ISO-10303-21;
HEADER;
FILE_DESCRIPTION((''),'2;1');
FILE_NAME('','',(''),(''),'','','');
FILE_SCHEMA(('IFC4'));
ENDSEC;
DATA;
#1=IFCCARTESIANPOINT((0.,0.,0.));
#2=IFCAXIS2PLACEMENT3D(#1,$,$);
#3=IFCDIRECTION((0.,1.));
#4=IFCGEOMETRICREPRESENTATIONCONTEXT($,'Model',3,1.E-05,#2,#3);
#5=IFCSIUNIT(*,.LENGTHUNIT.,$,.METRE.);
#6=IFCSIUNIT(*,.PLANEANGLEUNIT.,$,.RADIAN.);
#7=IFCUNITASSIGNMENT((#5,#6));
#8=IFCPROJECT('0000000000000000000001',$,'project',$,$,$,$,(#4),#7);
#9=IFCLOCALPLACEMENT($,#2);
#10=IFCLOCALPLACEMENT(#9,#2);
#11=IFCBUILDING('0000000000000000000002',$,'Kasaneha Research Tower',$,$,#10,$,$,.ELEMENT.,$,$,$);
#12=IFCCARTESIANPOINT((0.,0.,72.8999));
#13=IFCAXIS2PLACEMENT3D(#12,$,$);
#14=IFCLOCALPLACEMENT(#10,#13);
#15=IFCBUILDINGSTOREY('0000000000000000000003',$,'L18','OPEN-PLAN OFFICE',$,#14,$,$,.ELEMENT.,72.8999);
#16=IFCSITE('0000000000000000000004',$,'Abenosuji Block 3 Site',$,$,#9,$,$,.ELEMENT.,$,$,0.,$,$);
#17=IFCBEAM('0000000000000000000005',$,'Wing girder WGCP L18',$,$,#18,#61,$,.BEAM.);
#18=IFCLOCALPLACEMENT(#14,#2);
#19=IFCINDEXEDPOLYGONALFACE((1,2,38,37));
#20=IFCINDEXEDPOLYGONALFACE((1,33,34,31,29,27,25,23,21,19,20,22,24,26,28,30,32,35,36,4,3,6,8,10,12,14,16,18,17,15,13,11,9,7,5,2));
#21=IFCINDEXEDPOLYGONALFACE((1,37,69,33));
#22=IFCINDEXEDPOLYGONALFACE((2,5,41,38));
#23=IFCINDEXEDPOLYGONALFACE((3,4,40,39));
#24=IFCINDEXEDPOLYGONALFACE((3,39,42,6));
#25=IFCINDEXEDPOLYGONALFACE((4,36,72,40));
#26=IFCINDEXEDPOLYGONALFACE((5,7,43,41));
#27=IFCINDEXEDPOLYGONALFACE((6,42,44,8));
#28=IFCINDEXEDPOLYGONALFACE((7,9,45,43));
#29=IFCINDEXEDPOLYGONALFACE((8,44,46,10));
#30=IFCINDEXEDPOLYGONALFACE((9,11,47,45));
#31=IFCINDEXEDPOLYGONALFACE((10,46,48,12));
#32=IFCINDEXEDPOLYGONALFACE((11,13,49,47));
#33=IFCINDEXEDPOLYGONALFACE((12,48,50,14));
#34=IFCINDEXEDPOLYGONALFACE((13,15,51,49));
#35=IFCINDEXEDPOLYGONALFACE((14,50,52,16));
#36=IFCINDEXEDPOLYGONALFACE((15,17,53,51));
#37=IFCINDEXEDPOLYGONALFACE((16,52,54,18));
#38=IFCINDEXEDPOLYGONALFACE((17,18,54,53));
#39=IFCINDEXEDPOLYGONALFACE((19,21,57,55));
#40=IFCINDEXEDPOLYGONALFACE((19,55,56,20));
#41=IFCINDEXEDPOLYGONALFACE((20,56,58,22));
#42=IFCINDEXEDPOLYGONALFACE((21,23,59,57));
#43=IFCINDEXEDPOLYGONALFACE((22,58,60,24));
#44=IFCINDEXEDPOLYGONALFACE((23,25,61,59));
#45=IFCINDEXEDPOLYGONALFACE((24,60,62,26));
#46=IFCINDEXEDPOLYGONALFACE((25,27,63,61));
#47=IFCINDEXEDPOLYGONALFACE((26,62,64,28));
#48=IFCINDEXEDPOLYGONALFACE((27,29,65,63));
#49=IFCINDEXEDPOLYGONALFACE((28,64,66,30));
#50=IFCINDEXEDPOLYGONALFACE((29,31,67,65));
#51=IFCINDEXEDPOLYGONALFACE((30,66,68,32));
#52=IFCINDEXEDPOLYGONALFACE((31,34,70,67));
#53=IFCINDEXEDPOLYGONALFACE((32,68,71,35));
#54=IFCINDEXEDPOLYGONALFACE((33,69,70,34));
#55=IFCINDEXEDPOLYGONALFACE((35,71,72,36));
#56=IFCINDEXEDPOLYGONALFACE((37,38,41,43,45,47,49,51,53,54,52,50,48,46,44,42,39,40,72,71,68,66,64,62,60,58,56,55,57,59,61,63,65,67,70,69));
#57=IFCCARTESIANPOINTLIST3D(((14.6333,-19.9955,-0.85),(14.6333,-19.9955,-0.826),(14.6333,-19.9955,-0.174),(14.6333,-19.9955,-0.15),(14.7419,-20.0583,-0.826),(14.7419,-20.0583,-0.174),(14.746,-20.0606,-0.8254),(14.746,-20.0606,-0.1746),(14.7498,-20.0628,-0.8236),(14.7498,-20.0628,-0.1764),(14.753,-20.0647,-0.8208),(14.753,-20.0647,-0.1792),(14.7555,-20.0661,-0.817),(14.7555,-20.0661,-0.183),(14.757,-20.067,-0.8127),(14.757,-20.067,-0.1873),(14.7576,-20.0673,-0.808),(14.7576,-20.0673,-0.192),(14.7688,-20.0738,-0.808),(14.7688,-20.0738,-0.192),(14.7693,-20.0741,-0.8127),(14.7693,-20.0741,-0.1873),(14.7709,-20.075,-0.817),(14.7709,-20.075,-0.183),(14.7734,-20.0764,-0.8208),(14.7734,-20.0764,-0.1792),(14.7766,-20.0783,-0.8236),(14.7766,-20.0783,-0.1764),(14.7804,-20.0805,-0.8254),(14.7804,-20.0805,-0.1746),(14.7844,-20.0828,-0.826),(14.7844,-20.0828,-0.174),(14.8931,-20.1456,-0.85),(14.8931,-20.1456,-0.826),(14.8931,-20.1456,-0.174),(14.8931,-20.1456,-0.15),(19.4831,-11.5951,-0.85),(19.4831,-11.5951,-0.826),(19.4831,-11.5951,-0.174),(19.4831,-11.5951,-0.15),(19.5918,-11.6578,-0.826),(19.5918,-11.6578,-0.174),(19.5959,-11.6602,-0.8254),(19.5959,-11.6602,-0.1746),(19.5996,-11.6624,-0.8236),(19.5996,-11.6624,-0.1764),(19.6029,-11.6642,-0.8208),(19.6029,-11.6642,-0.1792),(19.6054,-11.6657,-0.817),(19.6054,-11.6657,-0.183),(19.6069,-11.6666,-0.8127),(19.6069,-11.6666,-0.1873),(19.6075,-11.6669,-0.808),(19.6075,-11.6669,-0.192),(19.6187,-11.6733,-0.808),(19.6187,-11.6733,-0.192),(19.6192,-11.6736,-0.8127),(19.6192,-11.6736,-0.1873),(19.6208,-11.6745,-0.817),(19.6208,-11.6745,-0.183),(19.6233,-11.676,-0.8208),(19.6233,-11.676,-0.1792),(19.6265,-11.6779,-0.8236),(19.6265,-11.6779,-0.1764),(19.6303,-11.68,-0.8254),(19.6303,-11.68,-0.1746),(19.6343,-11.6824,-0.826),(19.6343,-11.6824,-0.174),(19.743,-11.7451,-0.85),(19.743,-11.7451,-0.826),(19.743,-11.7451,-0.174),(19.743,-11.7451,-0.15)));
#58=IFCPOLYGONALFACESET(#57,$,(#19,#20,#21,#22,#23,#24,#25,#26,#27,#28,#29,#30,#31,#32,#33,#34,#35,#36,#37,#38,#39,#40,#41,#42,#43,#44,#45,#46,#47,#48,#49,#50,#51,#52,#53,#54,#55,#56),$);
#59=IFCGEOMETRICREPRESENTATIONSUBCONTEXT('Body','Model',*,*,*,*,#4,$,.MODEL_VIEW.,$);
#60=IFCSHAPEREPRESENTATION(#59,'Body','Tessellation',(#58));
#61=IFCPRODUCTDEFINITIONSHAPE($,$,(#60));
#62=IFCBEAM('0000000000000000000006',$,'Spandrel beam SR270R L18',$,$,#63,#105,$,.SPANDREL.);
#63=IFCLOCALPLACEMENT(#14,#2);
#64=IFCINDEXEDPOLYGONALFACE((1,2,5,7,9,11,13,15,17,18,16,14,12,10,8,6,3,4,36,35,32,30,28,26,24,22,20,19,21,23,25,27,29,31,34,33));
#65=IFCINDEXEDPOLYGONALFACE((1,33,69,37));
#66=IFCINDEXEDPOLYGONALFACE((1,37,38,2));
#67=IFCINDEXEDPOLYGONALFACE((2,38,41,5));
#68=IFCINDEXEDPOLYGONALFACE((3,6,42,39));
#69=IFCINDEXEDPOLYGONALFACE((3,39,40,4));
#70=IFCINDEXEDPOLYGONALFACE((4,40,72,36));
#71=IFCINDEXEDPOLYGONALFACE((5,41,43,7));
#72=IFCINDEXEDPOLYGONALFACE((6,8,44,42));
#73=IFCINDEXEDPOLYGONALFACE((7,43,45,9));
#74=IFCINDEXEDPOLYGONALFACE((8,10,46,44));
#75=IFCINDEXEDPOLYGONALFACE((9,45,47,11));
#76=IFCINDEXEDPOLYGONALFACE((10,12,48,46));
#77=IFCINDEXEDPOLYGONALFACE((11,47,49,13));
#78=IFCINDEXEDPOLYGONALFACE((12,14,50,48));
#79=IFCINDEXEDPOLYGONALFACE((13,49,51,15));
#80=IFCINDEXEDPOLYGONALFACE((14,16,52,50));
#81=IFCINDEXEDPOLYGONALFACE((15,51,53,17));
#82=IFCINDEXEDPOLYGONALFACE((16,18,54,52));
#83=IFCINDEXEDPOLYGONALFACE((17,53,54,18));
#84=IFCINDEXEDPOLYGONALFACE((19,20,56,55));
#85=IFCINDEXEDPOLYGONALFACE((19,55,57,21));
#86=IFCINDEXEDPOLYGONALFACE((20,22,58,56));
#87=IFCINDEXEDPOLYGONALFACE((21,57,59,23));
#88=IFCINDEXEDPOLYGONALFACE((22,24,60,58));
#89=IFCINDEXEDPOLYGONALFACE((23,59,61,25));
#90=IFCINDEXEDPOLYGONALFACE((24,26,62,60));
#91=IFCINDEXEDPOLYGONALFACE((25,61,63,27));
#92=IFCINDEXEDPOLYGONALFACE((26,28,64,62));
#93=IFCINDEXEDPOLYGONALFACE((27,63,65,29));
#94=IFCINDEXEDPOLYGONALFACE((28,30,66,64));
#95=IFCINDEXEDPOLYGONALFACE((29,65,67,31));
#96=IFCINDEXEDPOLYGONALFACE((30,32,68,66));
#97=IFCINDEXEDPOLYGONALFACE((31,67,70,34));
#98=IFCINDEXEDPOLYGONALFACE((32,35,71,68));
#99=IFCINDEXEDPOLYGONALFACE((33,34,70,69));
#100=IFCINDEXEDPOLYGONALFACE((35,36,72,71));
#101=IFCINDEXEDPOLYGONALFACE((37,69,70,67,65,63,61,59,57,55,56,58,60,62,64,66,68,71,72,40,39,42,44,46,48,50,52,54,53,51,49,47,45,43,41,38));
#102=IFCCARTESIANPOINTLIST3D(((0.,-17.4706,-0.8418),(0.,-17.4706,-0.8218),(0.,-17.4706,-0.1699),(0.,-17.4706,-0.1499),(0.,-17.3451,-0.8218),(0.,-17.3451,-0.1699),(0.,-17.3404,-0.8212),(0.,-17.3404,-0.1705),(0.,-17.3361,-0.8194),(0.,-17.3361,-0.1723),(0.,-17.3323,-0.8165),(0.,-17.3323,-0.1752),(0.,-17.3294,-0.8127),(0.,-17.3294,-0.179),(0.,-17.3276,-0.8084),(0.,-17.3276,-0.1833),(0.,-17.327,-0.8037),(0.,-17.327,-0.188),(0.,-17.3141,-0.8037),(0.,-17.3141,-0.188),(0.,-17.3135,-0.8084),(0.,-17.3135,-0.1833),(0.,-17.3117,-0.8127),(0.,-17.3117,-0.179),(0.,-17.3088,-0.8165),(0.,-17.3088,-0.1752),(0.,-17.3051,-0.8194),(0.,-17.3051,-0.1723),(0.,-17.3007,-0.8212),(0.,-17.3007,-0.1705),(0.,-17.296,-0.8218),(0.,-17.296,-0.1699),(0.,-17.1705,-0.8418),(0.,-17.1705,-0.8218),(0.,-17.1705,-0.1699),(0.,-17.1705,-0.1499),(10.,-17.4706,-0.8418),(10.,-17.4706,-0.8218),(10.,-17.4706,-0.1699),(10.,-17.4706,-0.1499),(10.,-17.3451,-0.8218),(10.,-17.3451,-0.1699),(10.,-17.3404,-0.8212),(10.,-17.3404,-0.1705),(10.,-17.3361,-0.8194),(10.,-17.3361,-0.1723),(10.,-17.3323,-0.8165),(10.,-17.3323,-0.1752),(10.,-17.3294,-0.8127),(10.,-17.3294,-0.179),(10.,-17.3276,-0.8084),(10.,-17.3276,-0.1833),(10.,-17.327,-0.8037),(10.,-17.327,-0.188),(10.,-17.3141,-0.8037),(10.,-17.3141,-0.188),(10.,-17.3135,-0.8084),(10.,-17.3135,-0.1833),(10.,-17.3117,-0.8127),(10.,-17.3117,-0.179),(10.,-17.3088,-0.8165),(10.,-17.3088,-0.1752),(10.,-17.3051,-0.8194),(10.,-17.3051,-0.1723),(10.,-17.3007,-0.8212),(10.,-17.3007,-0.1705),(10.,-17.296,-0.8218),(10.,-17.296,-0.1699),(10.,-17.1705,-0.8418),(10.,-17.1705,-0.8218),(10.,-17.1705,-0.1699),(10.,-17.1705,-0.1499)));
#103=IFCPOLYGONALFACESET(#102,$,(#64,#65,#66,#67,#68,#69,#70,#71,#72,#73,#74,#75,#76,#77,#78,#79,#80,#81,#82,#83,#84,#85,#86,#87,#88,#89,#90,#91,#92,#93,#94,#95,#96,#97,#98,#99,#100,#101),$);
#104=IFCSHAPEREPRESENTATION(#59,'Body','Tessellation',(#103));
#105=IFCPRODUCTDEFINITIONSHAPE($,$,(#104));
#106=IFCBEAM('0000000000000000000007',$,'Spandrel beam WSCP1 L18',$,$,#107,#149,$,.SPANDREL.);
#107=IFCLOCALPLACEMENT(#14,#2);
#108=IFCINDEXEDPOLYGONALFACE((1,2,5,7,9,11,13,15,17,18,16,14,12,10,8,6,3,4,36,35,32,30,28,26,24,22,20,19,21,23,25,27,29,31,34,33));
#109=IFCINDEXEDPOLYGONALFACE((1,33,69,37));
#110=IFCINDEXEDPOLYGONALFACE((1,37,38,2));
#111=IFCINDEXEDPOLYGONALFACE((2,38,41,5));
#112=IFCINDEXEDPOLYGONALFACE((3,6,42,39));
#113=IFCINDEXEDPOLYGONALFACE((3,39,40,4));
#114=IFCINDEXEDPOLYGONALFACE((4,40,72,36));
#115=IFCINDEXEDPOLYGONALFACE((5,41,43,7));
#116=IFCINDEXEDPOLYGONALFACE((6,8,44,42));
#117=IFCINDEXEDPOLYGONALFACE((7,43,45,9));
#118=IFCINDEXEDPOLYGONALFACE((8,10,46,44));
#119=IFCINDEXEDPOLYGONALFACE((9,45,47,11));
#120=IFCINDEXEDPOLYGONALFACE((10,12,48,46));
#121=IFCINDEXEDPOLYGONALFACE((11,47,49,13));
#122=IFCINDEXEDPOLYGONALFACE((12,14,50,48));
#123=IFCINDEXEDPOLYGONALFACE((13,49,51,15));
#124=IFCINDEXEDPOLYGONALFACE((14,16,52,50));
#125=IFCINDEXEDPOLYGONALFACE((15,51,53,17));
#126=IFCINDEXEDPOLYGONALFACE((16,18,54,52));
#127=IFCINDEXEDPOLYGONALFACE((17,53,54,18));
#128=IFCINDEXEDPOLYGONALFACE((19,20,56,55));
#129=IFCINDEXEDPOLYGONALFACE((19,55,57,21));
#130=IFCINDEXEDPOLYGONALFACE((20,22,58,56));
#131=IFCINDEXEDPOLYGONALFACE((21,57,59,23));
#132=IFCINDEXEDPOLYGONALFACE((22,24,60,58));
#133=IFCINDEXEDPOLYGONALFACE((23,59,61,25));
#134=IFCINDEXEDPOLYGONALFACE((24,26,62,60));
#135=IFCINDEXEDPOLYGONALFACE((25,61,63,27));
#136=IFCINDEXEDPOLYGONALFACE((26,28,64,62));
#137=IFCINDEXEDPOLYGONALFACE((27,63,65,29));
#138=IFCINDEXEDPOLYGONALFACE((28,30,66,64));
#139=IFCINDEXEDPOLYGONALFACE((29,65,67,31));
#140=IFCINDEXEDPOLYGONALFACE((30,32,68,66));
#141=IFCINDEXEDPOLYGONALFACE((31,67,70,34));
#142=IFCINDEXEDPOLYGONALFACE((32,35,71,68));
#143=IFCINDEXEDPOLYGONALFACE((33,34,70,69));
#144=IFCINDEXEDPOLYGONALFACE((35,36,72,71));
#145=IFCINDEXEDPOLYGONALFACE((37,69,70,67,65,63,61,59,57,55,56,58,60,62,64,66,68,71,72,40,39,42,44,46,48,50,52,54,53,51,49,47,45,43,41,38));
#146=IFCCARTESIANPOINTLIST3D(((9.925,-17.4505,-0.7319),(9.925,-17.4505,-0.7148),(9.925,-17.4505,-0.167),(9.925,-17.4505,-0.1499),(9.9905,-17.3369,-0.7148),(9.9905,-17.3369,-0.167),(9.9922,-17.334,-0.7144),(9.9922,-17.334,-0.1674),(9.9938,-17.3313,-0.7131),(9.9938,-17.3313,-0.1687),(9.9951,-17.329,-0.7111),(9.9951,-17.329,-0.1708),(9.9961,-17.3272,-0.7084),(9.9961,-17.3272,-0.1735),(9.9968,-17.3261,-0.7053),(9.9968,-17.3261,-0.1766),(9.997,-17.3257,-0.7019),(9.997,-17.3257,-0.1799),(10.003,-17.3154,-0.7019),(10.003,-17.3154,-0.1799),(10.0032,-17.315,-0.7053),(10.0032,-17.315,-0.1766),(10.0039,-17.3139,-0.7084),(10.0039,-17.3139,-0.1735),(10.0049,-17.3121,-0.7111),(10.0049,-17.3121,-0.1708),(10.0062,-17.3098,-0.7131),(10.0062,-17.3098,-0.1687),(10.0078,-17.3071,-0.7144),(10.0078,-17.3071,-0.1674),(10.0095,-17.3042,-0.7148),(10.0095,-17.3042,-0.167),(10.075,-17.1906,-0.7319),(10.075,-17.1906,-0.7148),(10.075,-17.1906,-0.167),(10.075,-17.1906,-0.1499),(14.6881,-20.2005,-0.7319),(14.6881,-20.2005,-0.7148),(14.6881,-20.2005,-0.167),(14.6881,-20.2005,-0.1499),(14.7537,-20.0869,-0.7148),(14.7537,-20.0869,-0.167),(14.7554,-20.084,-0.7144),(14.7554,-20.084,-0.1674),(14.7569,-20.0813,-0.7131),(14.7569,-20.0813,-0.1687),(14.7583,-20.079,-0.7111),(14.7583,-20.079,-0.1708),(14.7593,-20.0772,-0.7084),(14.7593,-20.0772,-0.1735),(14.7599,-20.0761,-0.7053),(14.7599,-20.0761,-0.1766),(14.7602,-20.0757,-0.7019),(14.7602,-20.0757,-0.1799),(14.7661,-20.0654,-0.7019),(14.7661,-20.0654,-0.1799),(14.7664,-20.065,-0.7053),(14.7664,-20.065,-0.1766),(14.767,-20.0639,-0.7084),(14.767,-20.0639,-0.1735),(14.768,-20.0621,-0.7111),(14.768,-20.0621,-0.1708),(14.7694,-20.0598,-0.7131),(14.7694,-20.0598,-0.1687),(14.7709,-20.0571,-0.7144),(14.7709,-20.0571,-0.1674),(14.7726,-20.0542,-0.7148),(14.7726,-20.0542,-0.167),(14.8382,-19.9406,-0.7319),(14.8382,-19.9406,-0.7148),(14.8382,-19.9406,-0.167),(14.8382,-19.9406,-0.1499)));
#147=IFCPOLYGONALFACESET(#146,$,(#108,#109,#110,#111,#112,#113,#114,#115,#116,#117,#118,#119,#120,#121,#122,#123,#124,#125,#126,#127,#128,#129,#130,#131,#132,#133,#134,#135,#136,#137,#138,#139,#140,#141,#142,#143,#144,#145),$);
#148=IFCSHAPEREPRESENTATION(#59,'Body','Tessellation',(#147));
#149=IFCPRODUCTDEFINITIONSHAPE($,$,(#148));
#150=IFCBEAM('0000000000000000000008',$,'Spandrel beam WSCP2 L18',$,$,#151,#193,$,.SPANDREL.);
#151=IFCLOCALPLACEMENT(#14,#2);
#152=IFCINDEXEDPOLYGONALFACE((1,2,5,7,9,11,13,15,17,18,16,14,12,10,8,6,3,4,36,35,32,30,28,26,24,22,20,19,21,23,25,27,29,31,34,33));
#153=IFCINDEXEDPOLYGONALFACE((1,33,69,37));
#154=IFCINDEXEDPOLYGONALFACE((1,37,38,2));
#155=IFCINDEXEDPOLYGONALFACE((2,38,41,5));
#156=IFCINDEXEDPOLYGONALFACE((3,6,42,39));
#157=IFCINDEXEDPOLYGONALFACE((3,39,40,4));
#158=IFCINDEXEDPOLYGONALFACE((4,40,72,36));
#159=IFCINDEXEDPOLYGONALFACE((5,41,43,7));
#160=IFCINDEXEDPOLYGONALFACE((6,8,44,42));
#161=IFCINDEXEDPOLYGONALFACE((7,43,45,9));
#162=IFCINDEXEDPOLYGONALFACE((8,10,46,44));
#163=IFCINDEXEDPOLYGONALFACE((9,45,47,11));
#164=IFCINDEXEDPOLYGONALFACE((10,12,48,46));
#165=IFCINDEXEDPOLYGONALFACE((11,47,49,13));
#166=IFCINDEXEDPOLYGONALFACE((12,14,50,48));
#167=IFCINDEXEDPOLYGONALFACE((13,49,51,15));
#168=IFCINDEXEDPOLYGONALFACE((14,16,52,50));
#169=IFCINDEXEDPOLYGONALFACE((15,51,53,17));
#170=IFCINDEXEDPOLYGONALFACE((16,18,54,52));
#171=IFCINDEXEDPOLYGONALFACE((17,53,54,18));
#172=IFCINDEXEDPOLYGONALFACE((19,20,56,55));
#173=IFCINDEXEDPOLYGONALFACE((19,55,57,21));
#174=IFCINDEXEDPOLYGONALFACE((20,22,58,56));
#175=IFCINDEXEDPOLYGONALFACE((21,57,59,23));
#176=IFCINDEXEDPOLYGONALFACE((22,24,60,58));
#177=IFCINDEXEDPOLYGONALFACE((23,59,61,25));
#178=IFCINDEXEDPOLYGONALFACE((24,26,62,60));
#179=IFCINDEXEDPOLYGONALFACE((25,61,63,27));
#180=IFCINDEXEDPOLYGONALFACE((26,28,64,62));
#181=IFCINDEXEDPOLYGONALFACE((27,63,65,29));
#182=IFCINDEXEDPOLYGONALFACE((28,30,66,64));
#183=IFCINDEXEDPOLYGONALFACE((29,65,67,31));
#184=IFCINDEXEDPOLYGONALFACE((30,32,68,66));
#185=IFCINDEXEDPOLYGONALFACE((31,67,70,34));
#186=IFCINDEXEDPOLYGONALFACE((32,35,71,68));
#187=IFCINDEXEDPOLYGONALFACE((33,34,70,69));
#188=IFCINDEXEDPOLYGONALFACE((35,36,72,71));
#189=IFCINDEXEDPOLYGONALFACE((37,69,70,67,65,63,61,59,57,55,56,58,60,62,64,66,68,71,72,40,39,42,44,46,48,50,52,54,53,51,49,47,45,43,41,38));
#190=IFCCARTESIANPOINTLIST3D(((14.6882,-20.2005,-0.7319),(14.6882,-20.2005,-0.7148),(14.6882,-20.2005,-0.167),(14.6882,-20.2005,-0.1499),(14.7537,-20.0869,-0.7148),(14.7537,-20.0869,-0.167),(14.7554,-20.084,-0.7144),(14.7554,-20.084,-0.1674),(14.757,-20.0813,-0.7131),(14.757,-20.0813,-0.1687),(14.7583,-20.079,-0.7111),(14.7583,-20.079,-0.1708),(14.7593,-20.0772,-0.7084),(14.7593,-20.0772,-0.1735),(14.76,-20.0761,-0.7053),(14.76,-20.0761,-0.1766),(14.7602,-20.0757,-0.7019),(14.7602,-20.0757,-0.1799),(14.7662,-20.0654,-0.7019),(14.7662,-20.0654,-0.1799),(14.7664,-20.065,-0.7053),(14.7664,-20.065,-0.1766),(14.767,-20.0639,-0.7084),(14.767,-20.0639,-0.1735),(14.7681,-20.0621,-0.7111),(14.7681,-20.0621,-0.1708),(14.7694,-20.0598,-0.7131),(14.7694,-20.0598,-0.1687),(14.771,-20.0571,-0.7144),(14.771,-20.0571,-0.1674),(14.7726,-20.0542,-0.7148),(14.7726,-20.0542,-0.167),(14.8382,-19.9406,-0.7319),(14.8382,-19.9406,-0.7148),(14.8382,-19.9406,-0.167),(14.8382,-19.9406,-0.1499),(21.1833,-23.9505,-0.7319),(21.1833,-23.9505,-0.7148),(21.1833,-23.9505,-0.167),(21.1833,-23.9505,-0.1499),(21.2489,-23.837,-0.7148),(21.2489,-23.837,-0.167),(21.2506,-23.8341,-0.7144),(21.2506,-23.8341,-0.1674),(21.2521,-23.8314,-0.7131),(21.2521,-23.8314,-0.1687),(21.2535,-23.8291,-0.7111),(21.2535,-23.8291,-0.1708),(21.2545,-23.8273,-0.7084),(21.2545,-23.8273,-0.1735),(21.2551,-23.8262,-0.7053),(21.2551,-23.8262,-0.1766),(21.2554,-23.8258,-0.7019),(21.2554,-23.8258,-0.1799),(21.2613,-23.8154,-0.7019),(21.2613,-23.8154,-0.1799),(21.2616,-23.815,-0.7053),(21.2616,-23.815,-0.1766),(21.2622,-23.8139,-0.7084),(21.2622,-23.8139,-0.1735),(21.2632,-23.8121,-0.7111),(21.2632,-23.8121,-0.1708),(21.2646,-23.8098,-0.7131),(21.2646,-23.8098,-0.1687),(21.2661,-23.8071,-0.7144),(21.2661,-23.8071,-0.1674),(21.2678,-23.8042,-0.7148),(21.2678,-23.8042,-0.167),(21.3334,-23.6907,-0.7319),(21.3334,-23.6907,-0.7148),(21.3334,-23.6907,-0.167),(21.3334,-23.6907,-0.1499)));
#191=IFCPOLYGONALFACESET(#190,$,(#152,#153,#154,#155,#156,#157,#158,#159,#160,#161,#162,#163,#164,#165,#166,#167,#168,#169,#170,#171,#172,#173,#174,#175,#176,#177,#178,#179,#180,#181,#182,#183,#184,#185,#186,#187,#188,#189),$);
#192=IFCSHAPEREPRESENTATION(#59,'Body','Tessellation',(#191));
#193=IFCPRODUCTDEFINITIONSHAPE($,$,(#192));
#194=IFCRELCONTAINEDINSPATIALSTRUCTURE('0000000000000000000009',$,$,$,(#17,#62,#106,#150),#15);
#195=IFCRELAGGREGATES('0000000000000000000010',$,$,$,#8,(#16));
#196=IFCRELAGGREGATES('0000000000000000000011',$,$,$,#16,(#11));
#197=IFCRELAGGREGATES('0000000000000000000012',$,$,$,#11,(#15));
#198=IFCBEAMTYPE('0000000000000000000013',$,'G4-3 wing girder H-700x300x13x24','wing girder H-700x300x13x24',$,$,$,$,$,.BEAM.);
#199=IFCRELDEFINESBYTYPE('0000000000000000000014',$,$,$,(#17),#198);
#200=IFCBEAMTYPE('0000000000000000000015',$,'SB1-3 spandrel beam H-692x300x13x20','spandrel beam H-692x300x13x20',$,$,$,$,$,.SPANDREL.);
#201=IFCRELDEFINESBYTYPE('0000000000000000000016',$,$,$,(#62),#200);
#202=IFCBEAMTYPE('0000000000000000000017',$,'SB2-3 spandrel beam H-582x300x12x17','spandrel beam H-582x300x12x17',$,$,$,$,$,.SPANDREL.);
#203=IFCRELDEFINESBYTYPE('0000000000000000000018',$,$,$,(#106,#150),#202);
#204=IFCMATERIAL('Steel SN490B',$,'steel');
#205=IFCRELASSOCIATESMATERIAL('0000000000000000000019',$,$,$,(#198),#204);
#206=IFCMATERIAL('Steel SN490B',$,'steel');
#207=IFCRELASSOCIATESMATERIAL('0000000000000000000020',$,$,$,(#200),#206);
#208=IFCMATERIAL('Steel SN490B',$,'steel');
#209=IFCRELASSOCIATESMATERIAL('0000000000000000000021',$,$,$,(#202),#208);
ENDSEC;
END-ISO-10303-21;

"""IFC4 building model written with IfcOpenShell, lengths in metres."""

from ifc_helpers import new_model, si_unit, direction, frame, origin, origin_2d, place, context, subcontext, project, spatial, i_section, extrude, material, material_profile, profile_set, type_object, element, save


model = new_model("IFC4")

# Units and contexts
model_context = context("Model", 3, precision=1e-05, world=origin(), true_north=direction((0.0, 1.0)))
body_context = subcontext(model_context, "Body", "Model", "MODEL_VIEW")
ifc_project = project(units=[si_unit("LENGTHUNIT", "METRE"), si_unit("PLANEANGLEUNIT", "RADIAN")], contexts=[model_context])

# Site, building, storey
site_placement = place(None, origin())
site = spatial("IfcSite", under=ifc_project, at=site_placement, Name="Abenosuji Block 3 Site", CompositionType="ELEMENT", RefElevation=0.0)
building_placement = place(site_placement, origin())
building = spatial("IfcBuilding", under=site, at=building_placement, Name="Kasaneha Research Tower", CompositionType="ELEMENT")
storey_placement = place(building_placement, frame((0.0, 0.0, 72.8999)))
storey = spatial("IfcBuildingStorey", under=building, at=storey_placement, Name="L18", Description="OPEN-PLAN OFFICE", CompositionType="ELEMENT", Elevation=72.8999)

# Beams
ifc_material_1 = material(Name="Steel SN490B", Category="steel")
ifc_material_profile_1 = material_profile(ifc_material_1, i_section(OverallWidth=0.3, OverallDepth=0.7, WebThickness=0.0129, FlangeThickness=0.0239, FilletRadius=0.0181, at=origin_2d()), Name="H-700x300x13x24")
ifc_profile_set_1 = profile_set([ifc_material_profile_1], Name="Steel SN490B")
beam_type_1 = type_object("IfcBeamType", Name="G4-3 wing girder H-700x300x13x24", Description="wing girder H-700x300x13x24", PredefinedType="BEAM", material=ifc_profile_set_1)
beam_1_placement = place(storey_placement, frame((14.7632, -20.0706, -0.5), z_axis=(0.499991, 0.866031, 0.0), x_axis=(-0.866031, 0.499991, 0.0)))
element("IfcBeam", 1, at=beam_1_placement, inside=storey, type_object=beam_type_1, Name="Wing girder WGCP L18", PredefinedType="BEAM", context=body_context, shape_type="SweptSolid", body=[
    extrude(i_section(OverallWidth=0.3, OverallDepth=0.7, WebThickness=0.0129, FlangeThickness=0.0239, FilletRadius=0.0181, at=origin_2d()), origin(), (0.0, 0.0, 1.0), 9.7),
])
ifc_material_2 = material(Name="Steel SN490B", Category="steel")
ifc_material_profile_2 = material_profile(ifc_material_2, i_section(OverallWidth=0.3, OverallDepth=0.6919, WebThickness=0.0129, FlangeThickness=0.02, FilletRadius=0.0181, at=origin_2d()), Name="H-692x300x13x20")
ifc_profile_set_2 = profile_set([ifc_material_profile_2], Name="Steel SN490B")
beam_type_2 = type_object("IfcBeamType", Name="SB1-3 spandrel beam H-692x300x13x20", Description="spandrel beam H-692x300x13x20", PredefinedType="SPANDREL", material=ifc_profile_set_2)
beam_2_placement = place(storey_placement, frame((10.0, -17.3206, -0.4958), z_axis=(-1.0, 0.0, 0.0), x_axis=(0.0, -1.0, 0.0)))
element("IfcBeam", 2, at=beam_2_placement, inside=storey, type_object=beam_type_2, Name="Spandrel beam SR270R L18", PredefinedType="SPANDREL", context=body_context, shape_type="SweptSolid", body=[
    extrude(i_section(OverallWidth=0.3, OverallDepth=0.6919, WebThickness=0.0129, FlangeThickness=0.02, FilletRadius=0.0181, at=origin_2d()), origin(), (0.0, 0.0, 1.0), 10.0),
])
ifc_material_3 = material(Name="Steel SN490B", Category="steel")
ifc_material_profile_3 = material_profile(ifc_material_3, i_section(OverallWidth=0.3, OverallDepth=0.582, WebThickness=0.012, FlangeThickness=0.0171, FilletRadius=0.0129, at=origin_2d()), Name="H-582x300x12x17")
ifc_profile_set_3 = profile_set([ifc_material_profile_3], Name="Steel SN490B")
beam_type_3 = type_object("IfcBeamType", Name="SB2-3 spandrel beam H-582x300x12x17", Description="spandrel beam H-582x300x12x17", PredefinedType="SPANDREL", material=ifc_profile_set_3)
beam_3_placement = place(storey_placement, frame((10.0, -17.3206, -0.4409), z_axis=(0.866027, -0.499997, 0.0), x_axis=(0.499997, 0.866027, 0.0)))
element("IfcBeam", 3, at=beam_3_placement, inside=storey, type_object=beam_type_3, Name="Spandrel beam WSCP1 L18", PredefinedType="SPANDREL", context=body_context, shape_type="SweptSolid", body=[
    extrude(i_section(OverallWidth=0.3, OverallDepth=0.582, WebThickness=0.012, FlangeThickness=0.0171, FilletRadius=0.0129, at=origin_2d()), origin(), (0.0, 0.0, 1.0), 5.5),
])
beam_4_placement = place(storey_placement, frame((14.7632, -20.0706, -0.4409), z_axis=(0.866023, -0.500004, 0.0), x_axis=(0.500004, 0.866023, 0.0)))
element("IfcBeam", 4, at=beam_4_placement, inside=storey, type_object=beam_type_3, Name="Spandrel beam WSCP2 L18", PredefinedType="SPANDREL", context=body_context, shape_type="SweptSolid", body=[
    extrude(i_section(OverallWidth=0.3, OverallDepth=0.582, WebThickness=0.012, FlangeThickness=0.0171, FilletRadius=0.0129, at=origin_2d()), origin(), (0.0, 0.0, 1.0), 7.5),
])

save(model, "model.ifc")
